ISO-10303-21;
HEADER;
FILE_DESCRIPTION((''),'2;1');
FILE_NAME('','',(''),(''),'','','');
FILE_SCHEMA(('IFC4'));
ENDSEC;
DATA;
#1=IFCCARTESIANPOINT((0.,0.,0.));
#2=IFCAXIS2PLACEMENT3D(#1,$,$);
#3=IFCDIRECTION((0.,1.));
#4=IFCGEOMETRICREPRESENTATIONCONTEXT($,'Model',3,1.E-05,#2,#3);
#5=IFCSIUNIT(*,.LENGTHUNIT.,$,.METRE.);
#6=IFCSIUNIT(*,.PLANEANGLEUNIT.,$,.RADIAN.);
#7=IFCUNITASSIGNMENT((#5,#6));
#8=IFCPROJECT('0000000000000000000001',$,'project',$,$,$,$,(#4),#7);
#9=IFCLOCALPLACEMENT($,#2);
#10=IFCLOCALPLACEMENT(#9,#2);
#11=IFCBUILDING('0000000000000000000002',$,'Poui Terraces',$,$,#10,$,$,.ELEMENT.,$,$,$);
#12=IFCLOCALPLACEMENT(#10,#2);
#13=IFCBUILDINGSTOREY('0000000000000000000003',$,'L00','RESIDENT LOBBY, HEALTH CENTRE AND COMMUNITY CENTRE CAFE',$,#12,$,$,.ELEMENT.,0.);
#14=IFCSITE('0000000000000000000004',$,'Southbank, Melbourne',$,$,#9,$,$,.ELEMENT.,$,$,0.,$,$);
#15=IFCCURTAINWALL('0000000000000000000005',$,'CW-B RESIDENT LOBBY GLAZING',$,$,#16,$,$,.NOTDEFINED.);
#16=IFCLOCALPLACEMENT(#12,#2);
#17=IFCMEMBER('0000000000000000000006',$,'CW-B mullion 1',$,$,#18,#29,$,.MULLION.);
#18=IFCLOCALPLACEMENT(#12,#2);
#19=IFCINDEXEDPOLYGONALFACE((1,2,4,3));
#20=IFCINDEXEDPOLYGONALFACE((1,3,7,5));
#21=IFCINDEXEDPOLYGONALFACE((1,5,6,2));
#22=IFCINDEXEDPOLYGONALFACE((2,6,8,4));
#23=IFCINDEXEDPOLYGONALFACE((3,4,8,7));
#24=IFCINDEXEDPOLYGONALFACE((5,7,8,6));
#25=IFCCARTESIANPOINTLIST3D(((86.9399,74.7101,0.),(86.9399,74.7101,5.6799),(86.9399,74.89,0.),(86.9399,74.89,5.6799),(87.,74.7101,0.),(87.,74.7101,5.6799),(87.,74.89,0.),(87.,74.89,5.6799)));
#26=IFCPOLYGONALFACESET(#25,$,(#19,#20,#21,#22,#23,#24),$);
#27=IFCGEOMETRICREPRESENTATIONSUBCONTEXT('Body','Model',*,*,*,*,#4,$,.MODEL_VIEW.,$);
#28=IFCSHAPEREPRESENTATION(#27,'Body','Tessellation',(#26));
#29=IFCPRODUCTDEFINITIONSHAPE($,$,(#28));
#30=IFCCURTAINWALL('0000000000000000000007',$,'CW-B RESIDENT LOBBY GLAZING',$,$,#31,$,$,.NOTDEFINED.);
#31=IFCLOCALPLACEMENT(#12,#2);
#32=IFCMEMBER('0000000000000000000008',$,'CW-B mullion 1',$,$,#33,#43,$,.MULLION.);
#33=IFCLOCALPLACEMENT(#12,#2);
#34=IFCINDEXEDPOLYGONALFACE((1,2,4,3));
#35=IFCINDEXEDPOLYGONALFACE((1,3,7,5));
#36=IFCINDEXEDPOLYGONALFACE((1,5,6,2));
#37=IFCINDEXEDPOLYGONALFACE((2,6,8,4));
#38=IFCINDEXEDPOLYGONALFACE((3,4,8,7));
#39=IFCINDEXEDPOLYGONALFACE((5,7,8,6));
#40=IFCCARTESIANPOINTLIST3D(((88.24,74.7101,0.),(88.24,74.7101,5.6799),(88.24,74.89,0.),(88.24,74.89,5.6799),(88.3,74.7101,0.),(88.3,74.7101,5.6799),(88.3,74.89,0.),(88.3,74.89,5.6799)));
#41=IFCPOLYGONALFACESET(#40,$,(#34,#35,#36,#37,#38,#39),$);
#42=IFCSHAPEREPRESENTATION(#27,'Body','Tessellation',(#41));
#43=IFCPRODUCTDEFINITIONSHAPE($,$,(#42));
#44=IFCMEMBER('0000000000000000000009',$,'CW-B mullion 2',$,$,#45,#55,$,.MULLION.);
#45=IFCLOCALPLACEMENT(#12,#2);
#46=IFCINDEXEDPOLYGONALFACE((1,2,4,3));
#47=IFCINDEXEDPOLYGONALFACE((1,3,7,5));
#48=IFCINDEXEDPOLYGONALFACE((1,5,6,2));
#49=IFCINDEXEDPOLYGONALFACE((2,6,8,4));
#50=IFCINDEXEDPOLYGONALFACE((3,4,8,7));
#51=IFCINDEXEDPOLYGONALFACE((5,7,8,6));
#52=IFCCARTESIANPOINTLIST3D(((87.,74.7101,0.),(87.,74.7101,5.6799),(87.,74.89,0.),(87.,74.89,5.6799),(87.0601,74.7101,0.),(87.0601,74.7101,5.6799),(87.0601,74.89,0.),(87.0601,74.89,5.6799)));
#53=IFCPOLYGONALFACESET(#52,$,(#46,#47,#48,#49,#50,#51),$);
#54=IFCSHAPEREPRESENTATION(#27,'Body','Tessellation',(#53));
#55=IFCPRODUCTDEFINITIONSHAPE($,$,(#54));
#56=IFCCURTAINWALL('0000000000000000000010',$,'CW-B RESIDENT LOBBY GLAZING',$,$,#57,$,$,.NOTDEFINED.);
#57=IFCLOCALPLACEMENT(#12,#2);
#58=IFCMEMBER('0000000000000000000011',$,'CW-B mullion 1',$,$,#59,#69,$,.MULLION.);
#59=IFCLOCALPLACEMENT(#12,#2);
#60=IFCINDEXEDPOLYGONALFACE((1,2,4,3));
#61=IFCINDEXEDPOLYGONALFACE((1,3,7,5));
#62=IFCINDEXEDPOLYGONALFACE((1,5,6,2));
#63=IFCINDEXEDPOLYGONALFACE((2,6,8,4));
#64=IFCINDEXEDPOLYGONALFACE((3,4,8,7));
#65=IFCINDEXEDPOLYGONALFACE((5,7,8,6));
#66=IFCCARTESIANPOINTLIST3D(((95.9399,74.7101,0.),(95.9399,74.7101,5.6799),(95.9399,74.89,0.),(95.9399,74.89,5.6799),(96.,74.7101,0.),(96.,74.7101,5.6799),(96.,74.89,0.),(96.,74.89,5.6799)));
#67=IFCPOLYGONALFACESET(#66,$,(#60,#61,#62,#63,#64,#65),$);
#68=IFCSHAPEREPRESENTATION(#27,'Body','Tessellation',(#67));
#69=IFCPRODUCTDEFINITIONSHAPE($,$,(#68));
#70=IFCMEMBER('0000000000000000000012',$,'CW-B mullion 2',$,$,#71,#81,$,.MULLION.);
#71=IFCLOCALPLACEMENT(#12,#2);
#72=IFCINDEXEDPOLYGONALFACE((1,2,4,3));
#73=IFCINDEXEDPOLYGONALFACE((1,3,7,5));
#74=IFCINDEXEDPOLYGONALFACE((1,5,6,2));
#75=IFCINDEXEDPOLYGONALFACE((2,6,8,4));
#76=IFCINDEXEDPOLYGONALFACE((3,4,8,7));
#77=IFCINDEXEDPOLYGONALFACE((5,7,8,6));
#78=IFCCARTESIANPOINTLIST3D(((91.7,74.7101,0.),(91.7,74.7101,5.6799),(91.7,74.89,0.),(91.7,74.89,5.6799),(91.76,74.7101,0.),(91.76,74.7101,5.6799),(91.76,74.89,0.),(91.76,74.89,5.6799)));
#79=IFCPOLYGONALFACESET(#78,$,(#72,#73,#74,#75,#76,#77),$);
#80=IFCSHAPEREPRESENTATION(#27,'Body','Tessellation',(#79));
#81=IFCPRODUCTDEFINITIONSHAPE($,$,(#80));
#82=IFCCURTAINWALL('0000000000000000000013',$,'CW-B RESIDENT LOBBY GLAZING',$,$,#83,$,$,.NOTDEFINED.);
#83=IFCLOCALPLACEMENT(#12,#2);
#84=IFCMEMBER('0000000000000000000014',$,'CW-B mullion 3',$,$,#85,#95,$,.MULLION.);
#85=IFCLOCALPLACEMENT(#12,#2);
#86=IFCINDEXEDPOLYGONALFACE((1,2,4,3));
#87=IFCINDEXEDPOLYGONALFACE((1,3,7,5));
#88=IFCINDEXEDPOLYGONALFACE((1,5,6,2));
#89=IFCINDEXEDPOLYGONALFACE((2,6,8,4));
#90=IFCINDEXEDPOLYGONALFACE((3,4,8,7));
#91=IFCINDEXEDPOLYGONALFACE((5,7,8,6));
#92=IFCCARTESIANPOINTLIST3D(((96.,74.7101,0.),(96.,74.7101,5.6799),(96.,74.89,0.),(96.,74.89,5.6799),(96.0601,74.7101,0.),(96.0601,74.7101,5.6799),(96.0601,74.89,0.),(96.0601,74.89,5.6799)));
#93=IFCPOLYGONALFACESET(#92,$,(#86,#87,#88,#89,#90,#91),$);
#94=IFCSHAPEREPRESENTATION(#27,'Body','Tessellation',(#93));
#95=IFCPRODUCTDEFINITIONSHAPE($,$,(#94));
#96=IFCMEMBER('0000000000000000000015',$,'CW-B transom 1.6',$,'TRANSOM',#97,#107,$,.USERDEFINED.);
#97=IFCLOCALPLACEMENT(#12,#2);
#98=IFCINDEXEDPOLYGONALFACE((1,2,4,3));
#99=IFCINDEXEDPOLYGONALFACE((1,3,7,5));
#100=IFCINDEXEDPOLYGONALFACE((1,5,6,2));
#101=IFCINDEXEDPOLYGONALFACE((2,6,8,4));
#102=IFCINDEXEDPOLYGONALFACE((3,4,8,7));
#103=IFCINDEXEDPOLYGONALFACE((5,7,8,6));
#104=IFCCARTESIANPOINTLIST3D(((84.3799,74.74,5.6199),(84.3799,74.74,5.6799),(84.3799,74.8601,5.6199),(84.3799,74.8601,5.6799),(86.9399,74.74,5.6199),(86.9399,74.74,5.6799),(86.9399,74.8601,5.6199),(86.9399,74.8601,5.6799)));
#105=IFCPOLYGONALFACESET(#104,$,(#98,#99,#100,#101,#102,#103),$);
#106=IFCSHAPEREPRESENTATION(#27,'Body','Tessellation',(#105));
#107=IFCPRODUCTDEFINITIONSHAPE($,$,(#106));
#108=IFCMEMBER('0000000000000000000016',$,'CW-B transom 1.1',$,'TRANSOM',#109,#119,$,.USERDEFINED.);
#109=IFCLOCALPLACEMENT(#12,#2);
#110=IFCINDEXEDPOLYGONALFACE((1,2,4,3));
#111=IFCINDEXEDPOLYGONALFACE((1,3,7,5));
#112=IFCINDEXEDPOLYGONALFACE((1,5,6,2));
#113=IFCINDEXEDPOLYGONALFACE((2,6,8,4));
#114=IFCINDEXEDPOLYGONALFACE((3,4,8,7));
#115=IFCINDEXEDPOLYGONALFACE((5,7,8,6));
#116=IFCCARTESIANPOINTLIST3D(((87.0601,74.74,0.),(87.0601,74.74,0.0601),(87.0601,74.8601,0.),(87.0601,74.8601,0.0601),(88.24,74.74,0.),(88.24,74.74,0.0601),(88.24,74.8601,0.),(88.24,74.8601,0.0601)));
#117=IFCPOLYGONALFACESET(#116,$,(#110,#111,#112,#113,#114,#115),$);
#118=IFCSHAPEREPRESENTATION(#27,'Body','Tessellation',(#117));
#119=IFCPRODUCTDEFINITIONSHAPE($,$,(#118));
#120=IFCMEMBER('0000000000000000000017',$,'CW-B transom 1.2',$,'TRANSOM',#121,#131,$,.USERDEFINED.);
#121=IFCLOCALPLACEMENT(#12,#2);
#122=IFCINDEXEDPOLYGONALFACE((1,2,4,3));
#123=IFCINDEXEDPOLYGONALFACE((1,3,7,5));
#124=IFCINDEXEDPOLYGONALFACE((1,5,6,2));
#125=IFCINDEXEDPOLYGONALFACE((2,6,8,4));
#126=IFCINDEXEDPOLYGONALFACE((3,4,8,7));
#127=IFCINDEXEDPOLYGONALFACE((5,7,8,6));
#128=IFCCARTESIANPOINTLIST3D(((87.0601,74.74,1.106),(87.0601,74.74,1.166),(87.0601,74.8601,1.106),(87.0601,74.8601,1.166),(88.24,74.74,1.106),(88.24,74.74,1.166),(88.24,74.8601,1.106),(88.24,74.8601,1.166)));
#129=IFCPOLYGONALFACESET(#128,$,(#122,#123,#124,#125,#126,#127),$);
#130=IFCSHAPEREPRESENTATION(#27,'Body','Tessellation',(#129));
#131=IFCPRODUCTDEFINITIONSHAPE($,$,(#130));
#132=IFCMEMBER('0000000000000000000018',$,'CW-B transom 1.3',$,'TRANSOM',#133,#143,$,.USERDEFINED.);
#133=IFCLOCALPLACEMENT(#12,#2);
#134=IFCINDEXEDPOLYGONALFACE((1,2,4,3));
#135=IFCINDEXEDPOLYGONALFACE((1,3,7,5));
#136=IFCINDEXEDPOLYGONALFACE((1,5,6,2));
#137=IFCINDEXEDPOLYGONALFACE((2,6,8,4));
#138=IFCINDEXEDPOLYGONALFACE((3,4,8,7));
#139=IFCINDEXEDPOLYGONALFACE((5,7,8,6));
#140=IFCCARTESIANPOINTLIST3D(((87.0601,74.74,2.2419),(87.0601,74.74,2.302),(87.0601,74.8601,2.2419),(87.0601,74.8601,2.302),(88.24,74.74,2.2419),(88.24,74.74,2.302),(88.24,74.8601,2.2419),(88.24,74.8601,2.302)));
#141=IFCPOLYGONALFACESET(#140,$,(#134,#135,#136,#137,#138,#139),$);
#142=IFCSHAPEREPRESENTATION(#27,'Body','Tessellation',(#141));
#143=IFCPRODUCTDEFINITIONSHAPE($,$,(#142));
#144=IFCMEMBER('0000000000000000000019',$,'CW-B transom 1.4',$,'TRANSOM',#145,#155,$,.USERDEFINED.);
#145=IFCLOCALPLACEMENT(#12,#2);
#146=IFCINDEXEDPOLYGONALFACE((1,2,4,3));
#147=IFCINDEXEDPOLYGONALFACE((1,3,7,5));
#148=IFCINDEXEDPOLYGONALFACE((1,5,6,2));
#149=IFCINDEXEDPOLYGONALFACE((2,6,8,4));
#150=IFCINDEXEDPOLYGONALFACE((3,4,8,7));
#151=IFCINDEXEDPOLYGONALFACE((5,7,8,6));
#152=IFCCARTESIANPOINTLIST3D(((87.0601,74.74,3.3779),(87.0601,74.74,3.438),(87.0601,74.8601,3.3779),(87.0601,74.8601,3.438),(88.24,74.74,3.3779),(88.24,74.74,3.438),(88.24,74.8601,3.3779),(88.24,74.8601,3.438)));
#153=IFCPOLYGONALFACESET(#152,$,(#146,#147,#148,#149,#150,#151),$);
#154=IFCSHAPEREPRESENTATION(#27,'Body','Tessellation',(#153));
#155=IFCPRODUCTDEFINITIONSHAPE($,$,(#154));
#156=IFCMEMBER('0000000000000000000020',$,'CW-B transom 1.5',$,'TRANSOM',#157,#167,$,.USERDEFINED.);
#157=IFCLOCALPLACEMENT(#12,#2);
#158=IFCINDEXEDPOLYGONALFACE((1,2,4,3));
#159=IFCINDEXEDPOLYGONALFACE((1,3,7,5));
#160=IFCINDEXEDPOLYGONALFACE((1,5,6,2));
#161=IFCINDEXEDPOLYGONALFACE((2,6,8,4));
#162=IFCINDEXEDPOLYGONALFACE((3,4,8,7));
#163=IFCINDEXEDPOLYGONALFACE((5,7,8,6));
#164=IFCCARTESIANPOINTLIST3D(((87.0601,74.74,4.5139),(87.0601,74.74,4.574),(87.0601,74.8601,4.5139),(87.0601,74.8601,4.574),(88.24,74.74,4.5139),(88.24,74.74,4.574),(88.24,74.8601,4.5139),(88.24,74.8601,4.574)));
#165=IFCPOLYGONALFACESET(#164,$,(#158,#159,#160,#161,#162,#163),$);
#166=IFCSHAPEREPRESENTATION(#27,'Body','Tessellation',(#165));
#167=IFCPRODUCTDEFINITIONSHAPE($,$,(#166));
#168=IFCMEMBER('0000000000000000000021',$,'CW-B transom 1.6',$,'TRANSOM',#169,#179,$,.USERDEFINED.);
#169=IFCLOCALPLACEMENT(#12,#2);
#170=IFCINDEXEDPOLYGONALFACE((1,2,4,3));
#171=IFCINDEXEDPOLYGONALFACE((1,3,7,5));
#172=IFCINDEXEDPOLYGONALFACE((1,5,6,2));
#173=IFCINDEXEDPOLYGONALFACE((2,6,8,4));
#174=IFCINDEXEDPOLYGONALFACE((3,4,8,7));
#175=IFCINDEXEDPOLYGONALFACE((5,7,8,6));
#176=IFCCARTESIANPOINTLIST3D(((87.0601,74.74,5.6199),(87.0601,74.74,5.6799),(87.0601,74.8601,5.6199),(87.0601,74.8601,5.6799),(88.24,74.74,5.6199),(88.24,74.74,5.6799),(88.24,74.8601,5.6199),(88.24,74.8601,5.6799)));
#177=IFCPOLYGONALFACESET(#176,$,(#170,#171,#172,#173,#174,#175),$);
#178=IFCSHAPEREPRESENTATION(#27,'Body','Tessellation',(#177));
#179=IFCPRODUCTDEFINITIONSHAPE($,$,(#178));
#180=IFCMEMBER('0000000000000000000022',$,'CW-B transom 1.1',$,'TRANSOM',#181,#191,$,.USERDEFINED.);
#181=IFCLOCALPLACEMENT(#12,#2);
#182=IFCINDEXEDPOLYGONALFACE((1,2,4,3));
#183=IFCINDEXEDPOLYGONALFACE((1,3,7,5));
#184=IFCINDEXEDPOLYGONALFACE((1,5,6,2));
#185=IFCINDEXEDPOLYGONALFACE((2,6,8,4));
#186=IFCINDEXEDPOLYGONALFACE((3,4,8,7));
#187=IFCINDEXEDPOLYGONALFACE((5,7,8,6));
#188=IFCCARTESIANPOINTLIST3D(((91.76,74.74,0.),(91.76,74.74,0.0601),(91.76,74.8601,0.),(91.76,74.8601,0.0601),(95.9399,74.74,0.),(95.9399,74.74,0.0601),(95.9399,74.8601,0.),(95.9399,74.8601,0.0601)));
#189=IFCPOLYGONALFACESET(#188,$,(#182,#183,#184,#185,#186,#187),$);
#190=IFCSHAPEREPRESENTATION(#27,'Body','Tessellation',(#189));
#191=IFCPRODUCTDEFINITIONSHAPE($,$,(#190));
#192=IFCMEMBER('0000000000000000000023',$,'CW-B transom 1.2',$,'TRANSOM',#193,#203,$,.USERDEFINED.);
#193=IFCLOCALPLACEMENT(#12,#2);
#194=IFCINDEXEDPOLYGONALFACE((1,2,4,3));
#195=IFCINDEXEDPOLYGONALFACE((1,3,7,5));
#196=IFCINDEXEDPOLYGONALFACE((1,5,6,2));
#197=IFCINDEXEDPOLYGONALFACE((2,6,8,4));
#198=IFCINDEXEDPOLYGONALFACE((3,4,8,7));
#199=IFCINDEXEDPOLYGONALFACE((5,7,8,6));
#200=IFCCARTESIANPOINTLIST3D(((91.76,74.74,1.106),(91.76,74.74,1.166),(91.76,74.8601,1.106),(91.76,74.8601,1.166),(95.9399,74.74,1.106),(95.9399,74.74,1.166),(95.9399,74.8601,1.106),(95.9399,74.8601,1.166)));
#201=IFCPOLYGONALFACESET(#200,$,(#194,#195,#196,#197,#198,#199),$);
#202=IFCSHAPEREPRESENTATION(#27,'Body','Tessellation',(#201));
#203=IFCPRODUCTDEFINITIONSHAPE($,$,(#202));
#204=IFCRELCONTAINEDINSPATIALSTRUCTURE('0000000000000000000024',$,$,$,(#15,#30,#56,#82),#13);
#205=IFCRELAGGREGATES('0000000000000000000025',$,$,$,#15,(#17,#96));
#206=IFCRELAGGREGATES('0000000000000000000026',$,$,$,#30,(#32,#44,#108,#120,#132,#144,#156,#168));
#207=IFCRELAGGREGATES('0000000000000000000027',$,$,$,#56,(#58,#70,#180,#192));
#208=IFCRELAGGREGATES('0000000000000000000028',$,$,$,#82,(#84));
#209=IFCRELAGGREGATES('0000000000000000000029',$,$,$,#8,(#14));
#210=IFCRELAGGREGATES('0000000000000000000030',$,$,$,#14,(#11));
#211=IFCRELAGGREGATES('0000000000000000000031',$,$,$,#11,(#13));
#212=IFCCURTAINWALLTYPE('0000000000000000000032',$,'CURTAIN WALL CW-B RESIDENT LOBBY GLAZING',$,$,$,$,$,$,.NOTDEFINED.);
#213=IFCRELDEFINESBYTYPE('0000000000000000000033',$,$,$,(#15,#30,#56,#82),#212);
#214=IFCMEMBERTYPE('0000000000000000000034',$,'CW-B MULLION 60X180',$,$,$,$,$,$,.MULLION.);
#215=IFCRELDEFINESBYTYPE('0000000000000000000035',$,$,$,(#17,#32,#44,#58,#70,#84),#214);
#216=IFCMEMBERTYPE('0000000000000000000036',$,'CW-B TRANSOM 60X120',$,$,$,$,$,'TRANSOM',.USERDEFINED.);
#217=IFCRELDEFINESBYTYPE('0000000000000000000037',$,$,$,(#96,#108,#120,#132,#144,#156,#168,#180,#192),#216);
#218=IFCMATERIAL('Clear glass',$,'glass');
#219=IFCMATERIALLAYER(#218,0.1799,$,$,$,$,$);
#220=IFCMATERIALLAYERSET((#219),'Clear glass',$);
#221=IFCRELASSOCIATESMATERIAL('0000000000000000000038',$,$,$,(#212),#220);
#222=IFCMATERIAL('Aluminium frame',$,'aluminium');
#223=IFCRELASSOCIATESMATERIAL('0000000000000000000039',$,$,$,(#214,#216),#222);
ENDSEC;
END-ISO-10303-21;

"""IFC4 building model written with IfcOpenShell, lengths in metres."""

from ifc_helpers import new_model, si_unit, direction, frame, origin, origin_2d, place, context, subcontext, project, spatial, rectangle, extrude, material, layer, layer_set, material_profile, profile_set, type_object, element, aggregate, save


model = new_model("IFC4")

# Units and contexts
model_context = context("Model", 3, precision=1e-05, world=origin(), true_north=direction((0.0, 1.0)))
body_context = subcontext(model_context, "Body", "Model", "MODEL_VIEW")
ifc_project = project(units=[si_unit("LENGTHUNIT", "METRE"), si_unit("PLANEANGLEUNIT", "RADIAN")], contexts=[model_context])

# Site, building, storey
site_placement = place(None, origin())
site = spatial("IfcSite", under=ifc_project, at=site_placement, Name="Southbank, Melbourne", CompositionType="ELEMENT", RefElevation=0.0)
building_placement = place(site_placement, origin())
building = spatial("IfcBuilding", under=site, at=building_placement, Name="Poui Terraces", CompositionType="ELEMENT")
storey_placement = place(building_placement, origin())
storey = spatial("IfcBuildingStorey", under=building, at=storey_placement, Name="L00", Description="RESIDENT LOBBY, HEALTH CENTRE AND COMMUNITY CENTRE CAFE", CompositionType="ELEMENT", Elevation=0.0)

# Curtain wall, member
ifc_material_1 = material(Name="Clear glass", Category="glass")
ifc_layer_1 = layer(ifc_material_1, 0.1799)
ifc_layer_set_1 = layer_set([ifc_layer_1], Name="Clear glass")
curtain_wall_type = type_object("IfcCurtainWallType", Name="CURTAIN WALL CW-B RESIDENT LOBBY GLAZING", PredefinedType="NOTDEFINED", material=ifc_layer_set_1)
curtain_wall_1_placement = place(storey_placement, origin())
curtain_wall_1 = element("IfcCurtainWall", 1, at=curtain_wall_1_placement, inside=storey, type_object=curtain_wall_type, Name="CW-B RESIDENT LOBBY GLAZING", PredefinedType="NOTDEFINED")
ifc_material_2 = material(Name="Aluminium frame", Category="aluminium")
ifc_material_profile_1 = material_profile(ifc_material_2, rectangle(XDim=0.1799, YDim=0.0601, at=origin_2d()), Name="CW-B MULLION 60X180")
ifc_profile_set_1 = profile_set([ifc_material_profile_1], Name="Aluminium frame")
member_type_1 = type_object("IfcMemberType", Name="CW-B MULLION 60X180", PredefinedType="MULLION", material=ifc_profile_set_1)
member_1_placement = place(storey_placement, frame((86.97, 74.8, 0.0), z_axis=(0.0, 0.0, 1.0), x_axis=(0.0, -1.0, 0.0)))
member_1 = element("IfcMember", 2, at=member_1_placement, type_object=member_type_1, Name="CW-B mullion 1", PredefinedType="MULLION", context=body_context, shape_type="SweptSolid", body=[
    extrude(rectangle(XDim=0.1799, YDim=0.0601, at=origin_2d()), origin(), (0.0, 0.0, 1.0), 5.6799),
])

# Curtain walls, members
curtain_wall_2_placement = place(storey_placement, origin())
curtain_wall_2 = element("IfcCurtainWall", 3, at=curtain_wall_2_placement, inside=storey, type_object=curtain_wall_type, Name="CW-B RESIDENT LOBBY GLAZING", PredefinedType="NOTDEFINED")
member_2_placement = place(storey_placement, frame((88.27, 74.8, 0.0), z_axis=(0.0, 0.0, 1.0), x_axis=(0.0, -1.0, 0.0)))
member_2 = element("IfcMember", 4, at=member_2_placement, type_object=member_type_1, Name="CW-B mullion 1", PredefinedType="MULLION", context=body_context, shape_type="SweptSolid", body=[
    extrude(rectangle(XDim=0.1799, YDim=0.0601, at=origin_2d()), origin(), (0.0, 0.0, 1.0), 5.6799),
])
member_3_placement = place(storey_placement, frame((87.03, 74.8, 0.0), z_axis=(0.0, 0.0, 1.0), x_axis=(0.0, -1.0, 0.0)))
member_3 = element("IfcMember", 5, at=member_3_placement, type_object=member_type_1, Name="CW-B mullion 2", PredefinedType="MULLION", context=body_context, shape_type="SweptSolid", body=[
    extrude(rectangle(XDim=0.1799, YDim=0.0601, at=origin_2d()), origin(), (0.0, 0.0, 1.0), 5.6799),
])
curtain_wall_3_placement = place(storey_placement, origin())
curtain_wall_3 = element("IfcCurtainWall", 6, at=curtain_wall_3_placement, inside=storey, type_object=curtain_wall_type, Name="CW-B RESIDENT LOBBY GLAZING", PredefinedType="NOTDEFINED")
member_4_placement = place(storey_placement, frame((95.97, 74.8, 0.0), z_axis=(0.0, 0.0, 1.0), x_axis=(0.0, -1.0, 0.0)))
member_4 = element("IfcMember", 7, at=member_4_placement, type_object=member_type_1, Name="CW-B mullion 1", PredefinedType="MULLION", context=body_context, shape_type="SweptSolid", body=[
    extrude(rectangle(XDim=0.1799, YDim=0.0601, at=origin_2d()), origin(), (0.0, 0.0, 1.0), 5.6799),
])
member_5_placement = place(storey_placement, frame((91.73, 74.8, 0.0), z_axis=(0.0, 0.0, 1.0), x_axis=(0.0, -1.0, 0.0)))
member_5 = element("IfcMember", 8, at=member_5_placement, type_object=member_type_1, Name="CW-B mullion 2", PredefinedType="MULLION", context=body_context, shape_type="SweptSolid", body=[
    extrude(rectangle(XDim=0.1799, YDim=0.0601, at=origin_2d()), origin(), (0.0, 0.0, 1.0), 5.6799),
])

# Curtain wall, member
curtain_wall_4_placement = place(storey_placement, origin())
curtain_wall_4 = element("IfcCurtainWall", 9, at=curtain_wall_4_placement, inside=storey, type_object=curtain_wall_type, Name="CW-B RESIDENT LOBBY GLAZING", PredefinedType="NOTDEFINED")
member_6_placement = place(storey_placement, frame((96.03, 74.8, 0.0), z_axis=(0.0, 0.0, 1.0), x_axis=(0.0, -1.0, 0.0)))
member_6 = element("IfcMember", 10, at=member_6_placement, type_object=member_type_1, Name="CW-B mullion 3", PredefinedType="MULLION", context=body_context, shape_type="SweptSolid", body=[
    extrude(rectangle(XDim=0.1799, YDim=0.0601, at=origin_2d()), origin(), (0.0, 0.0, 1.0), 5.6799),
])

# Members
ifc_material_profile_2 = material_profile(ifc_material_2, rectangle(XDim=0.1201, YDim=0.0601, at=origin_2d()), Name="CW-B TRANSOM 60X120")
ifc_profile_set_2 = profile_set([ifc_material_profile_2], Name="Aluminium frame")
member_type_2 = type_object("IfcMemberType", Name="CW-B TRANSOM 60X120", ElementType="TRANSOM", PredefinedType="USERDEFINED", material=ifc_profile_set_2)
member_7_placement = place(storey_placement, frame((86.9399, 74.8, 5.6499), z_axis=(-1.0, 0.0, 0.0), x_axis=(0.0, -1.0, 0.0)))
member_7 = element("IfcMember", 11, at=member_7_placement, type_object=member_type_2, Name="CW-B transom 1.6", ObjectType="TRANSOM", PredefinedType="USERDEFINED", context=body_context, shape_type="SweptSolid", body=[
    extrude(rectangle(XDim=0.1201, YDim=0.0601, at=origin_2d()), origin(), (0.0, 0.0, 1.0), 2.5601),
])
aggregate(curtain_wall_1, [member_1, member_7])
member_8_placement = place(storey_placement, frame((88.24, 74.8, 0.03), z_axis=(-1.0, 0.0, 0.0), x_axis=(0.0, -1.0, 0.0)))
member_8 = element("IfcMember", 12, at=member_8_placement, type_object=member_type_2, Name="CW-B transom 1.1", ObjectType="TRANSOM", PredefinedType="USERDEFINED", context=body_context, shape_type="SweptSolid", body=[
    extrude(rectangle(XDim=0.1201, YDim=0.0601, at=origin_2d()), origin(), (0.0, 0.0, 1.0), 1.1799),
])
member_9_placement = place(storey_placement, frame((88.24, 74.8, 1.136), z_axis=(-1.0, 0.0, 0.0), x_axis=(0.0, -1.0, 0.0)))
member_9 = element("IfcMember", 13, at=member_9_placement, type_object=member_type_2, Name="CW-B transom 1.2", ObjectType="TRANSOM", PredefinedType="USERDEFINED", context=body_context, shape_type="SweptSolid", body=[
    extrude(rectangle(XDim=0.1201, YDim=0.0601, at=origin_2d()), origin(), (0.0, 0.0, 1.0), 1.1799),
])
member_10_placement = place(storey_placement, frame((88.24, 74.8, 2.272), z_axis=(-1.0, 0.0, 0.0), x_axis=(0.0, -1.0, 0.0)))
member_10 = element("IfcMember", 14, at=member_10_placement, type_object=member_type_2, Name="CW-B transom 1.3", ObjectType="TRANSOM", PredefinedType="USERDEFINED", context=body_context, shape_type="SweptSolid", body=[
    extrude(rectangle(XDim=0.1201, YDim=0.0601, at=origin_2d()), origin(), (0.0, 0.0, 1.0), 1.1799),
])
member_11_placement = place(storey_placement, frame((88.24, 74.8, 3.408), z_axis=(-1.0, 0.0, 0.0), x_axis=(0.0, -1.0, 0.0)))
member_11 = element("IfcMember", 15, at=member_11_placement, type_object=member_type_2, Name="CW-B transom 1.4", ObjectType="TRANSOM", PredefinedType="USERDEFINED", context=body_context, shape_type="SweptSolid", body=[
    extrude(rectangle(XDim=0.1201, YDim=0.0601, at=origin_2d()), origin(), (0.0, 0.0, 1.0), 1.1799),
])
member_12_placement = place(storey_placement, frame((88.24, 74.8, 4.5439), z_axis=(-1.0, 0.0, 0.0), x_axis=(0.0, -1.0, 0.0)))
member_12 = element("IfcMember", 16, at=member_12_placement, type_object=member_type_2, Name="CW-B transom 1.5", ObjectType="TRANSOM", PredefinedType="USERDEFINED", context=body_context, shape_type="SweptSolid", body=[
    extrude(rectangle(XDim=0.1201, YDim=0.0601, at=origin_2d()), origin(), (0.0, 0.0, 1.0), 1.1799),
])
member_13_placement = place(storey_placement, frame((88.24, 74.8, 5.6499), z_axis=(-1.0, 0.0, 0.0), x_axis=(0.0, -1.0, 0.0)))
member_13 = element("IfcMember", 17, at=member_13_placement, type_object=member_type_2, Name="CW-B transom 1.6", ObjectType="TRANSOM", PredefinedType="USERDEFINED", context=body_context, shape_type="SweptSolid", body=[
    extrude(rectangle(XDim=0.1201, YDim=0.0601, at=origin_2d()), origin(), (0.0, 0.0, 1.0), 1.1799),
])
member_14_placement = place(storey_placement, frame((95.9399, 74.8, 0.03), z_axis=(-1.0, 0.0, 0.0), x_axis=(0.0, -1.0, 0.0)))
member_14 = element("IfcMember", 18, at=member_14_placement, type_object=member_type_2, Name="CW-B transom 1.1", ObjectType="TRANSOM", PredefinedType="USERDEFINED", context=body_context, shape_type="SweptSolid", body=[
    extrude(rectangle(XDim=0.1201, YDim=0.0601, at=origin_2d()), origin(), (0.0, 0.0, 1.0), 4.1799),
])
member_15_placement = place(storey_placement, frame((95.9399, 74.8, 1.136), z_axis=(-1.0, 0.0, 0.0), x_axis=(0.0, -1.0, 0.0)))
member_15 = element("IfcMember", 19, at=member_15_placement, type_object=member_type_2, Name="CW-B transom 1.2", ObjectType="TRANSOM", PredefinedType="USERDEFINED", context=body_context, shape_type="SweptSolid", body=[
    extrude(rectangle(XDim=0.1201, YDim=0.0601, at=origin_2d()), origin(), (0.0, 0.0, 1.0), 4.1799),
])

aggregate(curtain_wall_2, [member_2, member_3, member_8, member_9, member_10, member_11, member_12, member_13])
aggregate(curtain_wall_3, [member_4, member_5, member_14, member_15])
aggregate(curtain_wall_4, [member_6])

save(model, "model.ifc")
